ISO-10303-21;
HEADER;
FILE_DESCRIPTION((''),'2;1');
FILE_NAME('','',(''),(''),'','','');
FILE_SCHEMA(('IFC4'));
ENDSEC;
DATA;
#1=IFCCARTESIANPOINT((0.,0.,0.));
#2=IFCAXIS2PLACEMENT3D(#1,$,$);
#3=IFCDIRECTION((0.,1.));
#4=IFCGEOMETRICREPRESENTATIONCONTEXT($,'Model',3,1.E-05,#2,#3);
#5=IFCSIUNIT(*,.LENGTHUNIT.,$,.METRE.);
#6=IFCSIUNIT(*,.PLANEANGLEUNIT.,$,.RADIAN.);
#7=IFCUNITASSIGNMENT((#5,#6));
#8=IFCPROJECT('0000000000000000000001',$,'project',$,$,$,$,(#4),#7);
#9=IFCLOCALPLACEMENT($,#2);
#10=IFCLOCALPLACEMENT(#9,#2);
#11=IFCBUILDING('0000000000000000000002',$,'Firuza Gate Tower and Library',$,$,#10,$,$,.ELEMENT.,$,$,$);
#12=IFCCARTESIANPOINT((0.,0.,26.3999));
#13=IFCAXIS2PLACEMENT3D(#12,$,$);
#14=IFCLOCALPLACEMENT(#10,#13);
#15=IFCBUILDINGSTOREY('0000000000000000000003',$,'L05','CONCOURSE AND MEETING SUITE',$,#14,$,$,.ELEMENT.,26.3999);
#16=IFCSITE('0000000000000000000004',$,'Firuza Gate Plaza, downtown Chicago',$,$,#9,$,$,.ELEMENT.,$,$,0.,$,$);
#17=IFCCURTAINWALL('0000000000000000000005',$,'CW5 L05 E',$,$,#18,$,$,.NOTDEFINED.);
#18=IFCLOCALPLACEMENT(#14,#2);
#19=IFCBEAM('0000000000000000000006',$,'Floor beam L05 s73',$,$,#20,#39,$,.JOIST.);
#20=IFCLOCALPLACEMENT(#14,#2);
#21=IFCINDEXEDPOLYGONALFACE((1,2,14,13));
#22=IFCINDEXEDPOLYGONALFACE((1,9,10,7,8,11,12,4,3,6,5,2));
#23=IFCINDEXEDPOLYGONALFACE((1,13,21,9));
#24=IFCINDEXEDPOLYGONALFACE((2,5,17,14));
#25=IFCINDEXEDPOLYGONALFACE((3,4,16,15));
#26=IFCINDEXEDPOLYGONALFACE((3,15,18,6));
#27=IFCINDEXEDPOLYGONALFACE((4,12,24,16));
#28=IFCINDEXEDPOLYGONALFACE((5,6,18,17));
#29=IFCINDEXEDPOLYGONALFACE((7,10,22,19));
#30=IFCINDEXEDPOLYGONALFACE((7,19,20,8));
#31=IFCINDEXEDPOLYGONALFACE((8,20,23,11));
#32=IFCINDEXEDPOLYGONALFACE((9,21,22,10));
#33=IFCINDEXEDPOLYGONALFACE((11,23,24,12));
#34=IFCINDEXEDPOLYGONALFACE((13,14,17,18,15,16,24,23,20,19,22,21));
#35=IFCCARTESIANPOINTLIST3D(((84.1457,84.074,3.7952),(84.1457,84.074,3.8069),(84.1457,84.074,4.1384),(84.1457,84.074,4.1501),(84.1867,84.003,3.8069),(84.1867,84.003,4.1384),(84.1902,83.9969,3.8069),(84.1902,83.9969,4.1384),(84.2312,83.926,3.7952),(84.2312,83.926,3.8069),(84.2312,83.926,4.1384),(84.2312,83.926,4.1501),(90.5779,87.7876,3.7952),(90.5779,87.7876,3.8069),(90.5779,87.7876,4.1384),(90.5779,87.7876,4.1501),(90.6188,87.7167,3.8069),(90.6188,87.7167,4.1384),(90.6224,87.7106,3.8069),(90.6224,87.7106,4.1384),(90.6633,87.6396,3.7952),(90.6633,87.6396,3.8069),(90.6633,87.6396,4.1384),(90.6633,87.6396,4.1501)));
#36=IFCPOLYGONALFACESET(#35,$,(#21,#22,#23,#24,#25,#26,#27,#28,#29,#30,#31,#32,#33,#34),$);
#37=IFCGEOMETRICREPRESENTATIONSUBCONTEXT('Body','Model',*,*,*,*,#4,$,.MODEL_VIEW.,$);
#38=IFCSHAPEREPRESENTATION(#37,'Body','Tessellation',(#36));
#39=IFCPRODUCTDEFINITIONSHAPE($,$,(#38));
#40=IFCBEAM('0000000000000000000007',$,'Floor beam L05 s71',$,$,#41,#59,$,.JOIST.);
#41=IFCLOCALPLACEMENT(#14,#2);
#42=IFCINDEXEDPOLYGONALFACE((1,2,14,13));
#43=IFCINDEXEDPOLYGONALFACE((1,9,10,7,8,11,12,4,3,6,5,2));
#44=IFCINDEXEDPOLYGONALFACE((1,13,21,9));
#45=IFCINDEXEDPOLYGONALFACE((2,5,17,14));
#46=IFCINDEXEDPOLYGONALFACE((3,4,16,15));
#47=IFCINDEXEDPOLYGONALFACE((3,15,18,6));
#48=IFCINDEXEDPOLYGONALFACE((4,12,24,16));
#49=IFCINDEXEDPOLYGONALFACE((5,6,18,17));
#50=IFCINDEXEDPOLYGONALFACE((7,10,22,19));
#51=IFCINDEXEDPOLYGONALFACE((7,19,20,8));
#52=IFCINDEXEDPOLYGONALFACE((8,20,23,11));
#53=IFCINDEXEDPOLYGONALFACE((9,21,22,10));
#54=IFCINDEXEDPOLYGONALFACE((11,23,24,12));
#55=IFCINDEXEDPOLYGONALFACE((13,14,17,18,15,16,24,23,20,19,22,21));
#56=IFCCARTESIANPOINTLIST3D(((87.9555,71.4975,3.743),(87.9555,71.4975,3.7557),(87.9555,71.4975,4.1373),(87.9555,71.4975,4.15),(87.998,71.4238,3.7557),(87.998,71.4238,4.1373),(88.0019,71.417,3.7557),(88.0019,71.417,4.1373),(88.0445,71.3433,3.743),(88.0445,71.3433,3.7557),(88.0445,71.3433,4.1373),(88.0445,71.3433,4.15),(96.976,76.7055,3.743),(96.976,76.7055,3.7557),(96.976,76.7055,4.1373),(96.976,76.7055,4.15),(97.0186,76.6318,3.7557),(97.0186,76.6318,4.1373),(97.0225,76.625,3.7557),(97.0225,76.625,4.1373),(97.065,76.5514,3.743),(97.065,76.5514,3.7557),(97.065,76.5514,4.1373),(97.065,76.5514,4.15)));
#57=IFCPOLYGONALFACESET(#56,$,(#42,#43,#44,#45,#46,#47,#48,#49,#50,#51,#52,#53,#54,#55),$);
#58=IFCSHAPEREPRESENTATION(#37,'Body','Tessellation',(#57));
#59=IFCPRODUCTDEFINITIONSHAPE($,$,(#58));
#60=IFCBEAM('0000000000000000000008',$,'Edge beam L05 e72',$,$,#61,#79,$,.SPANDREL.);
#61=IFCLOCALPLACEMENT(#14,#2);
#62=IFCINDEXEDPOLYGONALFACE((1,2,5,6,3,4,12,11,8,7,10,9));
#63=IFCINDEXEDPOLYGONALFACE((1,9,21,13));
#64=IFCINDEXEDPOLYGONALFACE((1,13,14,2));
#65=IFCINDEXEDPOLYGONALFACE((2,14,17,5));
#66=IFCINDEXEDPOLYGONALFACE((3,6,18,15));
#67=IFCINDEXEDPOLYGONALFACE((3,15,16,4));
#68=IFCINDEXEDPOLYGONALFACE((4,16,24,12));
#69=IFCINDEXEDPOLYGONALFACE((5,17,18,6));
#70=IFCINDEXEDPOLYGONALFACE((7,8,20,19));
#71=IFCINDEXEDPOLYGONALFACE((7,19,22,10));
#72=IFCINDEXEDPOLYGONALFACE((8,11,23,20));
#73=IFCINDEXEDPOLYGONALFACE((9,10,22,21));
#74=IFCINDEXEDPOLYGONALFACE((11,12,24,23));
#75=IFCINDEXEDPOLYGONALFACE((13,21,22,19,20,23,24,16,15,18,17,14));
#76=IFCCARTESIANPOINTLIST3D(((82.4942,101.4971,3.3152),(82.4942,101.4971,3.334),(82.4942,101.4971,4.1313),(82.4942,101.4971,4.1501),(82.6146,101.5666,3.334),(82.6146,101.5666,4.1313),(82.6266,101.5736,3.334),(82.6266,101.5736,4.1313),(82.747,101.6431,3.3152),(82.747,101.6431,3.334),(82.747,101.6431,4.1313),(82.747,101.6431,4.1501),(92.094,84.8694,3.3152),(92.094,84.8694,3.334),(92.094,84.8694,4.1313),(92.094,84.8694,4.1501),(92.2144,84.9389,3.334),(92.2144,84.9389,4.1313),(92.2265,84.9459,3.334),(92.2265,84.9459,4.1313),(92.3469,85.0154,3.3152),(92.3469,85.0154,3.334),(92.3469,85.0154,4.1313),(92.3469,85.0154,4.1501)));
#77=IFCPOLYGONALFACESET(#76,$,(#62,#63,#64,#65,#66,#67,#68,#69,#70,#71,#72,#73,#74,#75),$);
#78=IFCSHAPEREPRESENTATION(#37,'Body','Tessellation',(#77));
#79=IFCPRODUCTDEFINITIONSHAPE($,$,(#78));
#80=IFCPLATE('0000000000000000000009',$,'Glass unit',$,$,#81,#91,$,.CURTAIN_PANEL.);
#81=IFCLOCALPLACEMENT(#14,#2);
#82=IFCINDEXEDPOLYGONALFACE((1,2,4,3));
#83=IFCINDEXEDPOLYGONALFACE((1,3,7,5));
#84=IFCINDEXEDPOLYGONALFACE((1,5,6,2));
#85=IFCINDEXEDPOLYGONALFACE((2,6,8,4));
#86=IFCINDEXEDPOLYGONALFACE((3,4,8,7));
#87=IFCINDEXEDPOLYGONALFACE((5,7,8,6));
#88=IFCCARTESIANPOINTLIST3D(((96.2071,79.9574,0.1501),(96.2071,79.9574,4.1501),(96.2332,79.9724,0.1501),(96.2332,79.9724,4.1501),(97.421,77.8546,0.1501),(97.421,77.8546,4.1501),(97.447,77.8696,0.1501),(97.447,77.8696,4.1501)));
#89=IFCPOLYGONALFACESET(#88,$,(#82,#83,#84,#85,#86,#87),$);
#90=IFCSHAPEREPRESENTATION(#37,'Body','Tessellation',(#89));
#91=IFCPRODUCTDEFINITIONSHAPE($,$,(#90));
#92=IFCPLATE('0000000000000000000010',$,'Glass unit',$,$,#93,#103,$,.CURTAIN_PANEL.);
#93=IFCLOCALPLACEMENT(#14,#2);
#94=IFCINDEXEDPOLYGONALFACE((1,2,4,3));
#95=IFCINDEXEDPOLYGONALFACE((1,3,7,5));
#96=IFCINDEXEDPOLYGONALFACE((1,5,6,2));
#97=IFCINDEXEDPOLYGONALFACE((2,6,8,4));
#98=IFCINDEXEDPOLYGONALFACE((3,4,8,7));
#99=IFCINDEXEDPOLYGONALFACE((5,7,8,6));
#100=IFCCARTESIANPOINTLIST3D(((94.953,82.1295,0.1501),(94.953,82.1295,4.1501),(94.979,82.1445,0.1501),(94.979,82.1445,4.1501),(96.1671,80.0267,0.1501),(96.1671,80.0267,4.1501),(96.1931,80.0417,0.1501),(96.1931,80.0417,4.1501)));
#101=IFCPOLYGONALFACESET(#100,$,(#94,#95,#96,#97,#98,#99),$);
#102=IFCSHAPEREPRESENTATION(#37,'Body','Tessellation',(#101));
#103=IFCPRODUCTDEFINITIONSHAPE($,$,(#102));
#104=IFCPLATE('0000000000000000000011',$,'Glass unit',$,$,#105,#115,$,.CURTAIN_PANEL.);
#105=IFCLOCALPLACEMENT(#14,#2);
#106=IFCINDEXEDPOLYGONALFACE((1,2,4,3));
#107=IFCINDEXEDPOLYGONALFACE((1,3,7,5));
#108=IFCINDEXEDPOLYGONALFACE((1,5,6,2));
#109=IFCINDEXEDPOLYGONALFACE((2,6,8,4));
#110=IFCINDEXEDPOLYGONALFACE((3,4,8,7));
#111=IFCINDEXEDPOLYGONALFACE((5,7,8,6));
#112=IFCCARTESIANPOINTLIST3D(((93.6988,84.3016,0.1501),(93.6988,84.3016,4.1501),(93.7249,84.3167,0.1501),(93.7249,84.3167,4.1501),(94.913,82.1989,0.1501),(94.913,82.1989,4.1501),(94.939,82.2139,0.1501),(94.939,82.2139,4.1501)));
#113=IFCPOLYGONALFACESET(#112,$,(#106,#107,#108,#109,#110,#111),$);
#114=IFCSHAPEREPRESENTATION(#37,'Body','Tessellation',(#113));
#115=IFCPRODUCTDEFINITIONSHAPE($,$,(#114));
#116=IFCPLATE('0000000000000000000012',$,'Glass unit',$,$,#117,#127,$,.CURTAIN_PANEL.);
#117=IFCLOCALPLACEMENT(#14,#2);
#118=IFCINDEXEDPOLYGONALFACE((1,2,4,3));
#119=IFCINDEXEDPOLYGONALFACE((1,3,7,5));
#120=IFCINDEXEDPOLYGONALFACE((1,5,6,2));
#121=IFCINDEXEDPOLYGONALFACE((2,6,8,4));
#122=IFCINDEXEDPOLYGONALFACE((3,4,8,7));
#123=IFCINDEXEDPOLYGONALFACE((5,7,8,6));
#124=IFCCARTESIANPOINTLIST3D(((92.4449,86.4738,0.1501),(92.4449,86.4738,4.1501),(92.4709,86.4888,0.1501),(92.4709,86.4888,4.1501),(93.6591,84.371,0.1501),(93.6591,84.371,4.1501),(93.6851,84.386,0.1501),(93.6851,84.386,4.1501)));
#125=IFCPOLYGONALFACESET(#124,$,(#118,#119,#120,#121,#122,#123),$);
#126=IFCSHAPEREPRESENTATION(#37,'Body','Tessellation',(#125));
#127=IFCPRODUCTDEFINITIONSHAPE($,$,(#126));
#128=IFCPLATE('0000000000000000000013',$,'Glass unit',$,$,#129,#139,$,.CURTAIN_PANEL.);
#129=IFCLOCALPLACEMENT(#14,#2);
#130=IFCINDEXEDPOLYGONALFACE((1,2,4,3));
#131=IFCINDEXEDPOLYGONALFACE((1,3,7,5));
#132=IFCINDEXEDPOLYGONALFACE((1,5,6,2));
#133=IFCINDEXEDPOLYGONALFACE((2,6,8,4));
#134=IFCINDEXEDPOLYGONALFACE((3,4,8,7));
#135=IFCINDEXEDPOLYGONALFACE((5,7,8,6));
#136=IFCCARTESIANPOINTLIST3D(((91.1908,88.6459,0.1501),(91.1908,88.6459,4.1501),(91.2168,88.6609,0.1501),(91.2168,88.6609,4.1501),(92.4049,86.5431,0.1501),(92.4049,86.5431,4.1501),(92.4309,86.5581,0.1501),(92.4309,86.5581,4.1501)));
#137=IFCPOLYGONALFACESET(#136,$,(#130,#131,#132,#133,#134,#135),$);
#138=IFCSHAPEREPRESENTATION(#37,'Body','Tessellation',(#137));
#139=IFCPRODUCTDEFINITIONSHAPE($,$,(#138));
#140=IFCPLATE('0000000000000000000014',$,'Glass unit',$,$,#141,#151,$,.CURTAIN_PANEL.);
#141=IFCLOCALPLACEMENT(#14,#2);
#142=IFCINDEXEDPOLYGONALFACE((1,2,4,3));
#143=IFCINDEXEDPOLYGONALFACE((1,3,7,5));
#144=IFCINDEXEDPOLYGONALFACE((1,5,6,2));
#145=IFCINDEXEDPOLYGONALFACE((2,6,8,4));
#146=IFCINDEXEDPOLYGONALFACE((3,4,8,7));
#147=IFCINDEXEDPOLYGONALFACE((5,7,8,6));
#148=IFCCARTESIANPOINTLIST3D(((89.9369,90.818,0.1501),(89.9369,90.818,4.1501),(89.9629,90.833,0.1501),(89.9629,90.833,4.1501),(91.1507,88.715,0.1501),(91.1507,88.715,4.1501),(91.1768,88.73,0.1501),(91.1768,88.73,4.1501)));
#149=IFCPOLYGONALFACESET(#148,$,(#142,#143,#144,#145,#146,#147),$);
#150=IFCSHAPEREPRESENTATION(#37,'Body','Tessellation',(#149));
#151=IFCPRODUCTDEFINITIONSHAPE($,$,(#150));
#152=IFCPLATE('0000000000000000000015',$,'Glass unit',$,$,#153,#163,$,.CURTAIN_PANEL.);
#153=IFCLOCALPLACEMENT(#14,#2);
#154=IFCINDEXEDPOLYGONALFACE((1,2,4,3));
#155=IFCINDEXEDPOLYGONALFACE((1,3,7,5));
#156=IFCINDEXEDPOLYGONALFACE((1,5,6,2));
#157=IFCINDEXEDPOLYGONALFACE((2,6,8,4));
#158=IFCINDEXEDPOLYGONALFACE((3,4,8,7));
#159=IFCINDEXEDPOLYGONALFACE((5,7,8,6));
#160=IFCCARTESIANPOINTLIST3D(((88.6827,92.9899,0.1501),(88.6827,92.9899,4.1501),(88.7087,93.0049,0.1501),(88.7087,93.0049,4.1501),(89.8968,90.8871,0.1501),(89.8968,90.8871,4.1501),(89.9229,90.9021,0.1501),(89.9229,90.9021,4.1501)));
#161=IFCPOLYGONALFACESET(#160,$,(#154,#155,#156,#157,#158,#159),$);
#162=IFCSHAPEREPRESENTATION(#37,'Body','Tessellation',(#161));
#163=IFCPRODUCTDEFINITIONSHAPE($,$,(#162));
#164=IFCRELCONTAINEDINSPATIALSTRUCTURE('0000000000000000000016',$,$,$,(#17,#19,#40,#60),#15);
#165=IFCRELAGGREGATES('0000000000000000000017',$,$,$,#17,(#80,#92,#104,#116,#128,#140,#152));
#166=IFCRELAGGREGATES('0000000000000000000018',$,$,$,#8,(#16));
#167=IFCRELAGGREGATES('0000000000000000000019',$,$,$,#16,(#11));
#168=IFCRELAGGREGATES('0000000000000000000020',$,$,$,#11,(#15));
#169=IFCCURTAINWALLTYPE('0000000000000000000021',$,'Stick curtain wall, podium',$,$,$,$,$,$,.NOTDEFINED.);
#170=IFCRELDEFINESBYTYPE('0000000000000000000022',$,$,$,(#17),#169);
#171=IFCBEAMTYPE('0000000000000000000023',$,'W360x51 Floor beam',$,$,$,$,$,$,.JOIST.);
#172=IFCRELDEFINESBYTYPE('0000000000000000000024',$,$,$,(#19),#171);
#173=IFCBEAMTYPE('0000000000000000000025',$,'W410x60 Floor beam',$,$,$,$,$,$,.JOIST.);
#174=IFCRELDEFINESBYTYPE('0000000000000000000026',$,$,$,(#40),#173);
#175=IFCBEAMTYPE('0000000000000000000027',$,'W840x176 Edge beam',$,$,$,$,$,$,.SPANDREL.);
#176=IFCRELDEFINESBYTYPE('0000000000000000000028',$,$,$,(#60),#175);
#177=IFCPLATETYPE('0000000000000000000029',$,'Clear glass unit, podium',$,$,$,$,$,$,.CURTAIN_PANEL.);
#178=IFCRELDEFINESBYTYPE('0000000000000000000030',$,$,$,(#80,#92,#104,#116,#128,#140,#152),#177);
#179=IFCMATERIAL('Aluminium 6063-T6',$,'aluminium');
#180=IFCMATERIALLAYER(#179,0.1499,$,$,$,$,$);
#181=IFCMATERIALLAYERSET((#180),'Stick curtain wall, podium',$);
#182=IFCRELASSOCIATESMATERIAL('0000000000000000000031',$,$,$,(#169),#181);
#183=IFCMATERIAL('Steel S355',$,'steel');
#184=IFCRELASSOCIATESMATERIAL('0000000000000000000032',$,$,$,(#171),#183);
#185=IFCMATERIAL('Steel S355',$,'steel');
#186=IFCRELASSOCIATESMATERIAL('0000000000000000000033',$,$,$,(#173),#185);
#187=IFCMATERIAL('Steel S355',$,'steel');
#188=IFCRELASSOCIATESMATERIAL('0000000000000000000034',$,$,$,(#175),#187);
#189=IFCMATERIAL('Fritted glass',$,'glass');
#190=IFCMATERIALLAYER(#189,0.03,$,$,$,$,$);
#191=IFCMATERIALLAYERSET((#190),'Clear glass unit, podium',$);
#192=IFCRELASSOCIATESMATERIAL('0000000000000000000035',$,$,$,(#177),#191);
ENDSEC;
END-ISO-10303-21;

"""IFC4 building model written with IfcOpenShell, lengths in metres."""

from ifc_helpers import new_model, si_unit, direction, frame, origin, origin_2d, place, context, subcontext, project, spatial, polyline, i_section, outline, extrude, material, layer, layer_set, material_profile, profile_set, type_object, element, aggregate, save


model = new_model("IFC4")

# Units and contexts
model_context = context("Model", 3, precision=1e-05, world=origin(), true_north=direction((0.0, 1.0)))
body_context = subcontext(model_context, "Body", "Model", "MODEL_VIEW")
ifc_project = project(units=[si_unit("LENGTHUNIT", "METRE"), si_unit("PLANEANGLEUNIT", "RADIAN")], contexts=[model_context])

# Site, building, storey
site_placement = place(None, origin())
site = spatial("IfcSite", under=ifc_project, at=site_placement, Name="Firuza Gate Plaza, downtown Chicago", CompositionType="ELEMENT", RefElevation=0.0)
building_placement = place(site_placement, origin())
building = spatial("IfcBuilding", under=site, at=building_placement, Name="Firuza Gate Tower and Library", CompositionType="ELEMENT")
storey_placement = place(building_placement, frame((0.0, 0.0, 26.3999)))
storey = spatial("IfcBuildingStorey", under=building, at=storey_placement, Name="L05", Description="CONCOURSE AND MEETING SUITE", CompositionType="ELEMENT", Elevation=26.3999)

# Curtain wall
ifc_material_1 = material(Name="Aluminium 6063-T6", Category="aluminium")
ifc_layer_1 = layer(ifc_material_1, 0.1499)
ifc_layer_set_1 = layer_set([ifc_layer_1], Name="Stick curtain wall, podium")
curtain_wall_type = type_object("IfcCurtainWallType", Name="Stick curtain wall, podium", PredefinedType="NOTDEFINED", material=ifc_layer_set_1)
curtain_wall_placement = place(storey_placement, origin())
curtain_wall = element("IfcCurtainWall", 1, at=curtain_wall_placement, inside=storey, type_object=curtain_wall_type, Name="CW5 L05 E", PredefinedType="NOTDEFINED")

# Beams
ifc_material_2 = material(Name="Steel S355", Category="steel")
ifc_material_profile_1 = material_profile(ifc_material_2, i_section(OverallWidth=0.1709, OverallDepth=0.355, WebThickness=0.0071, FlangeThickness=0.0117, at=origin_2d()))
ifc_profile_set_1 = profile_set([ifc_material_profile_1], Name="Steel S355")
beam_type_1 = type_object("IfcBeamType", Name="W360x51 Floor beam", PredefinedType="JOIST", material=ifc_profile_set_1)
beam_1_placement = place(storey_placement, frame((90.6206, 87.7136, 3.9727), z_axis=(-0.866024, -0.500003, 0.0), x_axis=(0.500003, -0.866024, 0.0)))
element("IfcBeam", 2, at=beam_1_placement, inside=storey, type_object=beam_type_1, Name="Floor beam L05 s73", PredefinedType="JOIST", context=body_context, shape_type="SweptSolid", body=[
    extrude(i_section(OverallWidth=0.1709, OverallDepth=0.355, WebThickness=0.0071, FlangeThickness=0.0117, at=origin_2d()), origin(), (0.0, 0.0, 1.0), 7.4272),
])
ifc_material_3 = material(Name="Steel S355", Category="steel")
ifc_material_profile_2 = material_profile(ifc_material_3, i_section(OverallWidth=0.178, OverallDepth=0.407, WebThickness=0.0078, FlangeThickness=0.0127, at=origin_2d()))
ifc_profile_set_2 = profile_set([ifc_material_profile_2], Name="Steel S355")
beam_type_2 = type_object("IfcBeamType", Name="W410x60 Floor beam", PredefinedType="JOIST", material=ifc_profile_set_2)
beam_2_placement = place(storey_placement, frame((97.0205, 76.6284, 3.9465), z_axis=(-0.866025, -0.500001, 0.0), x_axis=(0.500001, -0.866025, 0.0)))
element("IfcBeam", 3, at=beam_2_placement, inside=storey, type_object=beam_type_2, Name="Floor beam L05 s71", PredefinedType="JOIST", context=body_context, shape_type="SweptSolid", body=[
    extrude(i_section(OverallWidth=0.178, OverallDepth=0.407, WebThickness=0.0078, FlangeThickness=0.0127, at=origin_2d()), origin(), (0.0, 0.0, 1.0), 10.416),
])
ifc_material_4 = material(Name="Steel S355", Category="steel")
ifc_material_profile_3 = material_profile(ifc_material_4, i_section(OverallWidth=0.292, OverallDepth=0.835, WebThickness=0.0139, FlangeThickness=0.0188, at=origin_2d()))
ifc_profile_set_3 = profile_set([ifc_material_profile_3], Name="Steel S355")
beam_type_3 = type_object("IfcBeamType", Name="W840x176 Edge beam", PredefinedType="SPANDREL", material=ifc_profile_set_3)
beam_3_placement = place(storey_placement, frame((92.2205, 84.9424, 3.7327), z_axis=(-0.499994, 0.866029, 0.0), x_axis=(-0.866029, -0.499994, 0.0)))
element("IfcBeam", 4, at=beam_3_placement, inside=storey, type_object=beam_type_3, Name="Edge beam L05 e72", PredefinedType="SPANDREL", context=body_context, shape_type="SweptSolid", body=[
    extrude(i_section(OverallWidth=0.292, OverallDepth=0.835, WebThickness=0.0139, FlangeThickness=0.0188, at=origin_2d()), origin(), (0.0, 0.0, 1.0), 19.2),
])

# Plates
ifc_material_5 = material(Name="Fritted glass", Category="glass")
ifc_layer_2 = layer(ifc_material_5, 0.03)
ifc_layer_set_2 = layer_set([ifc_layer_2], Name="Clear glass unit, podium")
plate_type = type_object("IfcPlateType", Name="Clear glass unit, podium", PredefinedType="CURTAIN_PANEL", material=ifc_layer_set_2)
plate_1_placement = place(storey_placement, frame((97.447, 77.8696, 0.1501), z_axis=(0.866057, 0.499946, 0.0), x_axis=(-0.499946, 0.866057, 0.0)))
plate_1 = element("IfcPlate", 5, at=plate_1_placement, type_object=plate_type, Name="Glass unit", PredefinedType="CURTAIN_PANEL", context=body_context, shape_type="SweptSolid", body=[
    extrude(outline(polyline([(0.0, 0.0), (2.428, 0.0), (2.428, 4.0), (0.0, 4.0), (0.0, 0.0)])), origin(), (0.0, 0.0, -1.0), 0.03),
])
plate_2_placement = place(storey_placement, frame((96.1931, 80.0417, 0.1501), z_axis=(0.866013, 0.500021, 0.0), x_axis=(-0.500021, 0.866013, 0.0)))
plate_2 = element("IfcPlate", 6, at=plate_2_placement, type_object=plate_type, Name="Glass unit", PredefinedType="CURTAIN_PANEL", context=body_context, shape_type="SweptSolid", body=[
    extrude(outline(polyline([(0.0, 0.0), (2.4281, 0.0), (2.4281, 4.0), (0.0, 4.0), (0.0, 0.0)])), origin(), (0.0, 0.0, -1.0), 0.03),
])
plate_3_placement = place(storey_placement, frame((94.939, 82.2139, 0.1501), z_axis=(0.866013, 0.500021, 0.0), x_axis=(-0.500021, 0.866013, 0.0)))
plate_3 = element("IfcPlate", 7, at=plate_3_placement, type_object=plate_type, Name="Glass unit", PredefinedType="CURTAIN_PANEL", context=body_context, shape_type="SweptSolid", body=[
    extrude(outline(polyline([(0.0, 0.0), (2.4281, 0.0), (2.4281, 4.0), (0.0, 4.0), (0.0, 0.0)])), origin(), (0.0, 0.0, -1.0), 0.03),
])
plate_4_placement = place(storey_placement, frame((93.6851, 84.386, 0.1501), z_axis=(0.866013, 0.500021, 0.0), x_axis=(-0.500021, 0.866013, 0.0)))
plate_4 = element("IfcPlate", 8, at=plate_4_placement, type_object=plate_type, Name="Glass unit", PredefinedType="CURTAIN_PANEL", context=body_context, shape_type="SweptSolid", body=[
    extrude(outline(polyline([(0.0, 0.0), (2.4281, 0.0), (2.4281, 4.0), (0.0, 4.0), (0.0, 0.0)])), origin(), (0.0, 0.0, -1.0), 0.03),
])
plate_5_placement = place(storey_placement, frame((92.4309, 86.5581, 0.1501), z_axis=(0.866013, 0.500021, 0.0), x_axis=(-0.500021, 0.866013, 0.0)))
plate_5 = element("IfcPlate", 9, at=plate_5_placement, type_object=plate_type, Name="Glass unit", PredefinedType="CURTAIN_PANEL", context=body_context, shape_type="SweptSolid", body=[
    extrude(outline(polyline([(0.0, 0.0), (2.4281, 0.0), (2.4281, 4.0), (0.0, 4.0), (0.0, 0.0)])), origin(), (0.0, 0.0, -1.0), 0.03),
])
plate_6_placement = place(storey_placement, frame((91.1768, 88.73, 0.1501), z_axis=(0.866082, 0.499902, 0.0), x_axis=(-0.499902, 0.866082, 0.0)))
plate_6 = element("IfcPlate", 10, at=plate_6_placement, type_object=plate_type, Name="Glass unit", PredefinedType="CURTAIN_PANEL", context=body_context, shape_type="SweptSolid", body=[
    extrude(outline(polyline([(0.0, 0.0), (2.4282, 0.0), (2.4282, 4.0), (0.0, 4.0), (0.0, 0.0)])), origin(), (0.0, 0.0, -1.0), 0.03),
])
plate_7_placement = place(storey_placement, frame((89.9229, 90.9021, 0.1501), z_axis=(0.866013, 0.500021, 0.0), x_axis=(-0.500021, 0.866013, 0.0)))
plate_7 = element("IfcPlate", 11, at=plate_7_placement, type_object=plate_type, Name="Glass unit", PredefinedType="CURTAIN_PANEL", context=body_context, shape_type="SweptSolid", body=[
    extrude(outline(polyline([(0.0, 0.0), (2.4281, 0.0), (2.4281, 4.0), (0.0, 4.0), (0.0, 0.0)])), origin(), (0.0, 0.0, -1.0), 0.03),
])
aggregate(curtain_wall, [plate_1, plate_2, plate_3, plate_4, plate_5, plate_6, plate_7])

save(model, "model.ifc")
